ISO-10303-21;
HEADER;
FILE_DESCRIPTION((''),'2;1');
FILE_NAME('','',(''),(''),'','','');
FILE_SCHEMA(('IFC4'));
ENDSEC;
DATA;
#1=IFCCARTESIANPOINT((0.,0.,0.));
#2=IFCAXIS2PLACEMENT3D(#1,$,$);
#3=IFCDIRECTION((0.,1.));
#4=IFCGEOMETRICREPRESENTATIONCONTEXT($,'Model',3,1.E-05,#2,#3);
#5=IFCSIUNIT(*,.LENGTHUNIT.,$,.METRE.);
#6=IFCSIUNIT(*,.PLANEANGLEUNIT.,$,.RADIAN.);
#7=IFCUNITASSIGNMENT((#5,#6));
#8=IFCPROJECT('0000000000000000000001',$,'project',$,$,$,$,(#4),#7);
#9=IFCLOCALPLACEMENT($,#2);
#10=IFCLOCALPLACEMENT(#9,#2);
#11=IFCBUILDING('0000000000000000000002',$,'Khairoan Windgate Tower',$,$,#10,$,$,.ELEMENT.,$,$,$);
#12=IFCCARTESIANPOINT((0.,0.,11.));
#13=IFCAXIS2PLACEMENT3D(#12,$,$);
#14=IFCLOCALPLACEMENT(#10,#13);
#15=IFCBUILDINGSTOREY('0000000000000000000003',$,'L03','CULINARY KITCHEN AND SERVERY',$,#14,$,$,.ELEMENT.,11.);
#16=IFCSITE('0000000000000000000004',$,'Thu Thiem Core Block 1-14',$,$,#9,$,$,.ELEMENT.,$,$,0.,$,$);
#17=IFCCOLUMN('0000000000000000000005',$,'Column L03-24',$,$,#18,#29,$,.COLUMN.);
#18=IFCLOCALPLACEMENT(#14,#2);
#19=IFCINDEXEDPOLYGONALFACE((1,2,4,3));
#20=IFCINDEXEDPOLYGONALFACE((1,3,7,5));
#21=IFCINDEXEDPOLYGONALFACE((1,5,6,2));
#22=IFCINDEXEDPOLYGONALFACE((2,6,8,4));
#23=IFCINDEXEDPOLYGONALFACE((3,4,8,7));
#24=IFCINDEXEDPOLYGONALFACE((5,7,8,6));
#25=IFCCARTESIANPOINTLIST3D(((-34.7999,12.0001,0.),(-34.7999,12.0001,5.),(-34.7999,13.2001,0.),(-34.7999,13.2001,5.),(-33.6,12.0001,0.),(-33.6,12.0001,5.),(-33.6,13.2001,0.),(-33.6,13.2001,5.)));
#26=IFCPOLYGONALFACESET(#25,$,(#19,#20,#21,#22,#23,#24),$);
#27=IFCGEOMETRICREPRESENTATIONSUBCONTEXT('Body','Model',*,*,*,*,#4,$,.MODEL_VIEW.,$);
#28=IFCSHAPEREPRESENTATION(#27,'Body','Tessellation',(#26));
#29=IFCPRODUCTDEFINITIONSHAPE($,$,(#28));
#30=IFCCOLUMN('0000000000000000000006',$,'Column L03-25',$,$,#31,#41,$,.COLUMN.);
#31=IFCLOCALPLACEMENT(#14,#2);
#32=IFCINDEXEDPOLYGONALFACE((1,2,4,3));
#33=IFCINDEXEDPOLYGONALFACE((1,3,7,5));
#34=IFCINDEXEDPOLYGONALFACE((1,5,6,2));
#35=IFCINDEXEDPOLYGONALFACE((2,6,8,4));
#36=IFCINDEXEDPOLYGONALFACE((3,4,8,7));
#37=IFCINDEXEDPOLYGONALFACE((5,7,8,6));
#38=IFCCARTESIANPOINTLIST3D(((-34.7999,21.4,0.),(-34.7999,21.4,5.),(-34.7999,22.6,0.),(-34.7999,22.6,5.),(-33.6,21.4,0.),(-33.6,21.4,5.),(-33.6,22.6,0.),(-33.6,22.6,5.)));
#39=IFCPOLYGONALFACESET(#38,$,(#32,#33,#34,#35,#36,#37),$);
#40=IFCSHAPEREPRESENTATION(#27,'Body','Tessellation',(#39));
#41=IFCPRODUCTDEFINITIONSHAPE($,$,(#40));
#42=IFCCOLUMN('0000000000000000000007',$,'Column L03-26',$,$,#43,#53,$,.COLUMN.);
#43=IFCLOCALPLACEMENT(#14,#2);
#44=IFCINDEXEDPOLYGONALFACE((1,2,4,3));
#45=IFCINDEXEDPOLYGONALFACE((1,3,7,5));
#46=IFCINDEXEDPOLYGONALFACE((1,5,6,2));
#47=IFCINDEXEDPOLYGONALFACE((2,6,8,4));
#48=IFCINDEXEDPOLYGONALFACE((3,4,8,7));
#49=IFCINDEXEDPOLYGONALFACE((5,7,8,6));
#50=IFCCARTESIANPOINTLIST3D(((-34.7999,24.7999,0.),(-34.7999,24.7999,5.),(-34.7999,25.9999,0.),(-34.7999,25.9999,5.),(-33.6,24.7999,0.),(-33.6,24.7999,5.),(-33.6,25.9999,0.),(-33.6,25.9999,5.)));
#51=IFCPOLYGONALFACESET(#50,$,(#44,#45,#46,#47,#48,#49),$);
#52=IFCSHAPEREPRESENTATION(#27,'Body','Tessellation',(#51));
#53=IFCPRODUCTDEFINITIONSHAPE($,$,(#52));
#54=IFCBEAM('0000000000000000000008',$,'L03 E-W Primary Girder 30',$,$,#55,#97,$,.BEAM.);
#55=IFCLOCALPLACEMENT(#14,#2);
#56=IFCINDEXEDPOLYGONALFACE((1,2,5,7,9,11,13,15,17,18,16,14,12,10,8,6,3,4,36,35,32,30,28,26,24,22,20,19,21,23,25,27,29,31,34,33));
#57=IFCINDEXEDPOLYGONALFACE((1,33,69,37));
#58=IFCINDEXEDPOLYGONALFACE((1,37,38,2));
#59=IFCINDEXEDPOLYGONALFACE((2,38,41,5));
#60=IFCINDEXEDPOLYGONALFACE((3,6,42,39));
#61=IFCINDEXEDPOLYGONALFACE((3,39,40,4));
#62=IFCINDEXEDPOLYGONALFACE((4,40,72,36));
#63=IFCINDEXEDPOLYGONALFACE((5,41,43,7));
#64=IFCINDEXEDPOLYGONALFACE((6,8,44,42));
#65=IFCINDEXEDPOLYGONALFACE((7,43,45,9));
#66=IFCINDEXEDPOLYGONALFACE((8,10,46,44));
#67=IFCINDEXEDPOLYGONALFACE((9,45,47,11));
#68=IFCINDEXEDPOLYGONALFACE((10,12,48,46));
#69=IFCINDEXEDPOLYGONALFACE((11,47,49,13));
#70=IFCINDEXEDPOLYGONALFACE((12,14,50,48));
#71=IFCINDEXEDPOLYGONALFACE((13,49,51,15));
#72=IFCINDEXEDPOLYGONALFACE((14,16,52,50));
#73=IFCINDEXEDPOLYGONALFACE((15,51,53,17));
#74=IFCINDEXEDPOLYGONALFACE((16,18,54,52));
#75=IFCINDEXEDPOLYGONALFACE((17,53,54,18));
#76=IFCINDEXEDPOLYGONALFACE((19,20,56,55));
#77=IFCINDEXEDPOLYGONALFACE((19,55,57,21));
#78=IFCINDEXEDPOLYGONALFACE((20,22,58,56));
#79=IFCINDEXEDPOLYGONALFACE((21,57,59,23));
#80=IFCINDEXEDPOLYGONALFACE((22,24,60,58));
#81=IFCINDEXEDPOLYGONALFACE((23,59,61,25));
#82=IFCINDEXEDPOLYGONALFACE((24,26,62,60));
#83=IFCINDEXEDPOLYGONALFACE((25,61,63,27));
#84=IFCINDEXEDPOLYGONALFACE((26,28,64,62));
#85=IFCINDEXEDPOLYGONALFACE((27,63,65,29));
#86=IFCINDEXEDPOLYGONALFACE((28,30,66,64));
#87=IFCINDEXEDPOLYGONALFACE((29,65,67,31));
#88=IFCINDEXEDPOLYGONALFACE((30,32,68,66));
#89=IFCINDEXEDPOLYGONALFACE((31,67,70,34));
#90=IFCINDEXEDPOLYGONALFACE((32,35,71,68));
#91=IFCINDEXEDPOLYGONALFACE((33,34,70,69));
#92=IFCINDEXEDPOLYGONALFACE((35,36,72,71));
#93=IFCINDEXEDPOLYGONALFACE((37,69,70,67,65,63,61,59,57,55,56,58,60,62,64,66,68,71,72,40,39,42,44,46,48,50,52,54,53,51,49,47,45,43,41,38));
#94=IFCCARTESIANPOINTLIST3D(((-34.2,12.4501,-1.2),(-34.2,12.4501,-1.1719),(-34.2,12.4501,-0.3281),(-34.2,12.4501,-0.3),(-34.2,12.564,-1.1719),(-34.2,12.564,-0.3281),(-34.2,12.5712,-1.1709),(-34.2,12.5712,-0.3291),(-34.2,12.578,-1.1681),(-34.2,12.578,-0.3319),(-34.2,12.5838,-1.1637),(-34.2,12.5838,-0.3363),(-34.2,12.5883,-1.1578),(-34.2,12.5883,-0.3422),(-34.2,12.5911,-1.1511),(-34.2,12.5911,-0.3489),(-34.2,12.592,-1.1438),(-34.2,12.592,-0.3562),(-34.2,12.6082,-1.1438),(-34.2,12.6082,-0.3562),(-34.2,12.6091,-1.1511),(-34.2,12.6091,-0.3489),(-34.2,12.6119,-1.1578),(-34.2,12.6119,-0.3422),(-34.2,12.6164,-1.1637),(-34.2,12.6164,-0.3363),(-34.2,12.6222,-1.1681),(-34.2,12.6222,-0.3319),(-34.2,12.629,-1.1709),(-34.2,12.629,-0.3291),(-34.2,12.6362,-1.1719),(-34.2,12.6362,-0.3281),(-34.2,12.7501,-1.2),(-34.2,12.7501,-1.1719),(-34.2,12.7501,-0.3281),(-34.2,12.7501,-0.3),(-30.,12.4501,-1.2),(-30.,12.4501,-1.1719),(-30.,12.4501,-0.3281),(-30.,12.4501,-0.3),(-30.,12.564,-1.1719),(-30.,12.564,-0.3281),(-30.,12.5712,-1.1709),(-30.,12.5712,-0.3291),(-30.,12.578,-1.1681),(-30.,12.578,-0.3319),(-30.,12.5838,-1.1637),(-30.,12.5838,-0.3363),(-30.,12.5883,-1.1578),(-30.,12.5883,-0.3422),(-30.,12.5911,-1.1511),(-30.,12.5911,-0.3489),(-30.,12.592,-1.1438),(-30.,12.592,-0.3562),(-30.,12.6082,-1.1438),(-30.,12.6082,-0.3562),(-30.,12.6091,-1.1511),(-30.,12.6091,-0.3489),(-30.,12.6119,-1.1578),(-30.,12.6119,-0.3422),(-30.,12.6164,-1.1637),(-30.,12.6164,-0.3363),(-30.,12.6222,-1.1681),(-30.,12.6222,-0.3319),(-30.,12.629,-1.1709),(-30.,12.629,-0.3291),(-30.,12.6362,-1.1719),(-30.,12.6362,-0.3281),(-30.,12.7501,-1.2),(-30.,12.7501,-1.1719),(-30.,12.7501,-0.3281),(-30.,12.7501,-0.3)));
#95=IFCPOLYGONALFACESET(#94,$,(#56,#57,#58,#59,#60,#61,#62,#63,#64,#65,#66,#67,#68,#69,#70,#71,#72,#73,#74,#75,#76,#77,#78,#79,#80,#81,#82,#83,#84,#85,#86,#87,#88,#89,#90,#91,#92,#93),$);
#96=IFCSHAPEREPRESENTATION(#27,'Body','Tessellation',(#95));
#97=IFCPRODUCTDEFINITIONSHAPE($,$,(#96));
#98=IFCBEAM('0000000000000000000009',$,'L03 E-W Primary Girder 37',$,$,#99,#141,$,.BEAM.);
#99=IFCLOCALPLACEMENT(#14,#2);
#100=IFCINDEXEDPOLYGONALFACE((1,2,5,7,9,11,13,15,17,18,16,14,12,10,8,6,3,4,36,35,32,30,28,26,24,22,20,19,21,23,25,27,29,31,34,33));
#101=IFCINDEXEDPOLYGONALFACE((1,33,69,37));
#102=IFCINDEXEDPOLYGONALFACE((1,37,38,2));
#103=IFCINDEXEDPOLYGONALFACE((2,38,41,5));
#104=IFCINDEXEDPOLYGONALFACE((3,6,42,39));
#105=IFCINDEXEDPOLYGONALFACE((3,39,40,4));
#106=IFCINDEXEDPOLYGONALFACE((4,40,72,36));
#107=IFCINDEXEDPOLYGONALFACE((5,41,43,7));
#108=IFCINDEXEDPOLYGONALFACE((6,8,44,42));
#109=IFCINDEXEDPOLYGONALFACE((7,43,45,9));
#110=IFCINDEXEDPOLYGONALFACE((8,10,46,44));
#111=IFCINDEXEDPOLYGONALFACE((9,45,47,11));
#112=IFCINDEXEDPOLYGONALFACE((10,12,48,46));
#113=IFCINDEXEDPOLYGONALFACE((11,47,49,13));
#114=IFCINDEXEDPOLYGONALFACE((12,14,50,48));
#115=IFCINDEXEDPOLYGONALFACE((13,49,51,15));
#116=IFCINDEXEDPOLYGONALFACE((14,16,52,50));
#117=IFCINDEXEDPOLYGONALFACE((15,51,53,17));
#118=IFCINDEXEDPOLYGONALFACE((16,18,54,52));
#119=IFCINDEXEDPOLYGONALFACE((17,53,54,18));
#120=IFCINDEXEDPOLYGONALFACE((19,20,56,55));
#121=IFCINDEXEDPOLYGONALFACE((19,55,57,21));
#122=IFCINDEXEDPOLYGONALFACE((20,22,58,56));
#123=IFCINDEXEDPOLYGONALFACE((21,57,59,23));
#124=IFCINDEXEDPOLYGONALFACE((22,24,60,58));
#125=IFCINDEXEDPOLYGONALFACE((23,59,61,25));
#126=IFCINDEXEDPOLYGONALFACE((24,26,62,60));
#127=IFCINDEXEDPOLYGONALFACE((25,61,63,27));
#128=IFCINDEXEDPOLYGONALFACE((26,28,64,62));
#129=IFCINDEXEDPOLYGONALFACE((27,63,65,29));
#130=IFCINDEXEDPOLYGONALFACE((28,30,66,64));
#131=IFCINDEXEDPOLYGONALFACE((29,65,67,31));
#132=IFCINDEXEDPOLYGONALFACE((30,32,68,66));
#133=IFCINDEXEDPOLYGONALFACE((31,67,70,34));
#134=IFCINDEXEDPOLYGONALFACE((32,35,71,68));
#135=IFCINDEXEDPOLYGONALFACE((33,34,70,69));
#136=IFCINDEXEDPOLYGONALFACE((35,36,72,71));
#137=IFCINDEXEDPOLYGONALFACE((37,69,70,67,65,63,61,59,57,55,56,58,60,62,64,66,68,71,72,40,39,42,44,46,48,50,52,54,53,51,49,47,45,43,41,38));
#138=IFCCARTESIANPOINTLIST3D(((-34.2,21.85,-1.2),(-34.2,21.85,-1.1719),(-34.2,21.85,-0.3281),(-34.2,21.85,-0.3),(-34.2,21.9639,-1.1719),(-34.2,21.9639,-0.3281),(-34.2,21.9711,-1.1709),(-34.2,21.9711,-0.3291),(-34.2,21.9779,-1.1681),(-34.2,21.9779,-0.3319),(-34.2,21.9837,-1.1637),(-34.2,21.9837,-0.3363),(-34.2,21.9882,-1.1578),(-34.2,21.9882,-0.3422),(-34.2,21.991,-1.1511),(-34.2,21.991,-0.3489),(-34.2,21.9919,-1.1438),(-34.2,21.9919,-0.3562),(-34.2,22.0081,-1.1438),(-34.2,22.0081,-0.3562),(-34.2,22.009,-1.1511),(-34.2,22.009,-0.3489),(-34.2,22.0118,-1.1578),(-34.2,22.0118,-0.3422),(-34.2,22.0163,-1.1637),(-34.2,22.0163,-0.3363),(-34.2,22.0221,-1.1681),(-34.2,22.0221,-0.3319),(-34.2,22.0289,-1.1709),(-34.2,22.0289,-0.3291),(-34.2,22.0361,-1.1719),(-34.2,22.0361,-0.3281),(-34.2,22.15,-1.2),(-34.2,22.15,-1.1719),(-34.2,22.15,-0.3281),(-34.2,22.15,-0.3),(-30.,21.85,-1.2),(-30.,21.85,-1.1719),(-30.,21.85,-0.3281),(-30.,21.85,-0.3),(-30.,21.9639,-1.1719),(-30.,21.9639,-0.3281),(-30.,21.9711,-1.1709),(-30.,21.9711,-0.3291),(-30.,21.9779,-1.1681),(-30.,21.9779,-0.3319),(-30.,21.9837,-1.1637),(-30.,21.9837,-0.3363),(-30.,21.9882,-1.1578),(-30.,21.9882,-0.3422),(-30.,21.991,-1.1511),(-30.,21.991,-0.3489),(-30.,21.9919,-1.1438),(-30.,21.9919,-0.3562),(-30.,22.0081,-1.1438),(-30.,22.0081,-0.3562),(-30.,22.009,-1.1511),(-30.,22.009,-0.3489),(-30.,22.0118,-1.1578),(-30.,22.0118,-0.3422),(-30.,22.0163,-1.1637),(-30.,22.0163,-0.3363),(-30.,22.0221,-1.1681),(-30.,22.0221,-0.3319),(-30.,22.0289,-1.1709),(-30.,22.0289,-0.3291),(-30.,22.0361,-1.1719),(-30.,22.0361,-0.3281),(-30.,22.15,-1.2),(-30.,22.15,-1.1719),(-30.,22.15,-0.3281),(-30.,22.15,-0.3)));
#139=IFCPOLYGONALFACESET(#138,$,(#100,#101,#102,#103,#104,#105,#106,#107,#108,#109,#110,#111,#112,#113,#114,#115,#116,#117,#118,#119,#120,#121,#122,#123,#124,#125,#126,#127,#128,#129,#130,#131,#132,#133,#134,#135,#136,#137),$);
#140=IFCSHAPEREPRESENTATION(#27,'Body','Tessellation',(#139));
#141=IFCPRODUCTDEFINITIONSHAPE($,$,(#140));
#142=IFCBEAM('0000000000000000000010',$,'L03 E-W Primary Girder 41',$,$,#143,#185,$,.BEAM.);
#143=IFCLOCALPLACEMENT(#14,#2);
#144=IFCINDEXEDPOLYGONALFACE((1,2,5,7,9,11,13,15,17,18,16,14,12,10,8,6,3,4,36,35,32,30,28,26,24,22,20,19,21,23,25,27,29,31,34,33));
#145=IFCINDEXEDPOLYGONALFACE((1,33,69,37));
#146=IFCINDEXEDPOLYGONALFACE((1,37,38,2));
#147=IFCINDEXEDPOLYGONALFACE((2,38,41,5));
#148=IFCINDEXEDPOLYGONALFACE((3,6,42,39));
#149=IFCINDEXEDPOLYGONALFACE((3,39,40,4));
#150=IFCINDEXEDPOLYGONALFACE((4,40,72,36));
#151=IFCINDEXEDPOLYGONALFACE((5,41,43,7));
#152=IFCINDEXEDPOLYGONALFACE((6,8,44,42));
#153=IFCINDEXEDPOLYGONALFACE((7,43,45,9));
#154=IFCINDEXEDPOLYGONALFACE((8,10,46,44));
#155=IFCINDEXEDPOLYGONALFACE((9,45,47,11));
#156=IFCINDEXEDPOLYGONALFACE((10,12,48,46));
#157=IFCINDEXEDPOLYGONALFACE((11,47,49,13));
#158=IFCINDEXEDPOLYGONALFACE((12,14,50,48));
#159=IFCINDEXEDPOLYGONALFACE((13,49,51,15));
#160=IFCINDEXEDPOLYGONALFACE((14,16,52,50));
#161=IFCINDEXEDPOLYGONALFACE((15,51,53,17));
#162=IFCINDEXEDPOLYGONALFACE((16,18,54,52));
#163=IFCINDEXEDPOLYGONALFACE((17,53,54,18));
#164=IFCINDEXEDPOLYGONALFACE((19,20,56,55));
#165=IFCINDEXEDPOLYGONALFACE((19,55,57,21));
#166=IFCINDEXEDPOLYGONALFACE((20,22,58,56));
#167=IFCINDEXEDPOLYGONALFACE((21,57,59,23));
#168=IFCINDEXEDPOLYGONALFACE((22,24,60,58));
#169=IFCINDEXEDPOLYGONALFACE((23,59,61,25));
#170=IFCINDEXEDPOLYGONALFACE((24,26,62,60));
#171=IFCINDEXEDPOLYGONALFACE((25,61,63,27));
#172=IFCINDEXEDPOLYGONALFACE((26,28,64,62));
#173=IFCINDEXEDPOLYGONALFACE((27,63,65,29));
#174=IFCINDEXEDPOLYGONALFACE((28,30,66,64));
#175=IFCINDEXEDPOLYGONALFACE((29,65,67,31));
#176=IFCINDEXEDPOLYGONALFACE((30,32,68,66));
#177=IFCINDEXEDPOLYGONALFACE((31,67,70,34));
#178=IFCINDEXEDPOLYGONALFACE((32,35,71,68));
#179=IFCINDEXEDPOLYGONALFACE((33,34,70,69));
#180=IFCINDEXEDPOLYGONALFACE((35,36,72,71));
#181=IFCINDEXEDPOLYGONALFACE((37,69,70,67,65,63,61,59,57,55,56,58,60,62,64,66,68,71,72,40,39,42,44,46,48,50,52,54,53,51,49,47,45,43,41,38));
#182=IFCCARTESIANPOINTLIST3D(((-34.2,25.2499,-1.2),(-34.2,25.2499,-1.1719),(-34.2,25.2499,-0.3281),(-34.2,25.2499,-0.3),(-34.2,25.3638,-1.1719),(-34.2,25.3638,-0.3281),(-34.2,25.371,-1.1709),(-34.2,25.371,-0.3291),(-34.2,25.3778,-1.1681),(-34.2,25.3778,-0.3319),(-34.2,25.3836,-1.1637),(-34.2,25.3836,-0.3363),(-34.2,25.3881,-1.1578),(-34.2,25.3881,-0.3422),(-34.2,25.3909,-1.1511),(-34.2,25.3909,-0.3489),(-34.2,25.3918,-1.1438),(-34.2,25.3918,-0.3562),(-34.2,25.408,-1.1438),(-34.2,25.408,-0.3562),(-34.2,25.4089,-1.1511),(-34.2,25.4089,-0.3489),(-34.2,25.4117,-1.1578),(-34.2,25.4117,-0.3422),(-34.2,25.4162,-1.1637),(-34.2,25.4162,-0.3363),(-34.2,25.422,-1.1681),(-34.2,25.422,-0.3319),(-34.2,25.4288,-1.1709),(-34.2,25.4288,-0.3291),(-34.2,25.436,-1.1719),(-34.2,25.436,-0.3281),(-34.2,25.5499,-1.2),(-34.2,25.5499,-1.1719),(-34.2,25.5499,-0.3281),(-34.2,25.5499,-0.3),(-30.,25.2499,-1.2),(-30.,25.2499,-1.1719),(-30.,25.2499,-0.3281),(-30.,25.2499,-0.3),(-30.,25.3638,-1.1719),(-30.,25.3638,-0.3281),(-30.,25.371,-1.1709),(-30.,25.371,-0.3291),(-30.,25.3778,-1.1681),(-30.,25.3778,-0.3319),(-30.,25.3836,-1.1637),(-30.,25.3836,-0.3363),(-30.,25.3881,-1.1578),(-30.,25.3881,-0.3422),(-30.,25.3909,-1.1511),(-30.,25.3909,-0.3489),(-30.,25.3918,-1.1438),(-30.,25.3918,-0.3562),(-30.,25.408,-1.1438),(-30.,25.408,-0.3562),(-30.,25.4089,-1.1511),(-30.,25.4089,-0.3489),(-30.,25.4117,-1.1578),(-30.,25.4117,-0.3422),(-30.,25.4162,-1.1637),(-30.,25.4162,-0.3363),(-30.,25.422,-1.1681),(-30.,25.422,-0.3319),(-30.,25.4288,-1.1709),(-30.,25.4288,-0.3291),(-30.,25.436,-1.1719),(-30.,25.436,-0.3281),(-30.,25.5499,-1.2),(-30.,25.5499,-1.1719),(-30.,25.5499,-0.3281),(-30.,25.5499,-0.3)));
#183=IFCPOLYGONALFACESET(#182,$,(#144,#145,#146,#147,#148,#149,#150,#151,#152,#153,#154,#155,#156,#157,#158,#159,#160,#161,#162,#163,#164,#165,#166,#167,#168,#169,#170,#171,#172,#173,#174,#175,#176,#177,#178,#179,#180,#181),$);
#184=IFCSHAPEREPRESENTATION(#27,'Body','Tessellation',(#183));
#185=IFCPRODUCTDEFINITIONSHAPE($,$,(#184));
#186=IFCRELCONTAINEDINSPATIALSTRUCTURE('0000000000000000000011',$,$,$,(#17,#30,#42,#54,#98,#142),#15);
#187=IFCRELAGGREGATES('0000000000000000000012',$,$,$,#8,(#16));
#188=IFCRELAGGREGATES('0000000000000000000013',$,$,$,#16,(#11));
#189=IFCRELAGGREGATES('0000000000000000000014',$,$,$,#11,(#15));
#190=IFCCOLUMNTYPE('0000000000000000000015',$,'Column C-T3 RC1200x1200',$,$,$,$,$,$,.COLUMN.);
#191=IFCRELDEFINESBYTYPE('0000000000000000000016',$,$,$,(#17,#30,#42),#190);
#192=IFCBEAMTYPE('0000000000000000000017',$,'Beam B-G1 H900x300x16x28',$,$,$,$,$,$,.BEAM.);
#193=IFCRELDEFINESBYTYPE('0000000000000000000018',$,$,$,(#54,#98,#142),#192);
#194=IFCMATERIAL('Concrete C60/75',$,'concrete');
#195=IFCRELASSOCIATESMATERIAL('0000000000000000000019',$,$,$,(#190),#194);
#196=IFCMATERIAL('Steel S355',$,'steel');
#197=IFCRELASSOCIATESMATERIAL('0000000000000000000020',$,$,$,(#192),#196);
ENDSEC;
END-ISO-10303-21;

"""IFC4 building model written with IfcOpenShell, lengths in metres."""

from ifc_helpers import new_model, si_unit, direction, frame, origin, origin_2d, place, context, subcontext, project, spatial, rectangle, i_section, extrude, material, material_profile, profile_set, type_object, element, save


model = new_model("IFC4")

# Units and contexts
model_context = context("Model", 3, precision=1e-05, world=origin(), true_north=direction((0.0, 1.0)))
body_context = subcontext(model_context, "Body", "Model", "MODEL_VIEW")
ifc_project = project(units=[si_unit("LENGTHUNIT", "METRE"), si_unit("PLANEANGLEUNIT", "RADIAN")], contexts=[model_context])

# Site, building, storey
site_placement = place(None, origin())
site = spatial("IfcSite", under=ifc_project, at=site_placement, Name="Thu Thiem Core Block 1-14", CompositionType="ELEMENT", RefElevation=0.0)
building_placement = place(site_placement, origin())
building = spatial("IfcBuilding", under=site, at=building_placement, Name="Khairoan Windgate Tower", CompositionType="ELEMENT")
storey_placement = place(building_placement, frame((0.0, 0.0, 11.0)))
storey = spatial("IfcBuildingStorey", under=building, at=storey_placement, Name="L03", Description="CULINARY KITCHEN AND SERVERY", CompositionType="ELEMENT", Elevation=11.0)

# Columns
ifc_material_1 = material(Name="Concrete C60/75", Category="concrete")
ifc_material_profile_1 = material_profile(ifc_material_1, rectangle(XDim=1.2, YDim=1.2, at=origin_2d()))
ifc_profile_set_1 = profile_set([ifc_material_profile_1], Name="Concrete C60/75")
column_type = type_object("IfcColumnType", Name="Column C-T3 RC1200x1200", PredefinedType="COLUMN", material=ifc_profile_set_1)
for number, where, z_axis, x_axis, name in (
    (1, (-34.2, 12.6001, 0.0), (0.0, 0.0, 1.0), (1.0, 0.0, 0.0), "Column L03-24"),
    (2, (-34.2, 22.0, 0.0), (0.0, 0.0, 1.0), (1.0, 0.0, 0.0), "Column L03-25"),
    (3, (-34.2, 25.3999, 0.0), (0.0, 0.0, 1.0), (1.0, 0.0, 0.0), "Column L03-26"),
):
    element("IfcColumn", number, at=place(storey_placement, frame(where, z_axis=z_axis, x_axis=x_axis)), inside=storey, type_object=column_type, Name=name, PredefinedType="COLUMN", context=body_context, shape_type="SweptSolid", body=[
        extrude(rectangle(XDim=1.2, YDim=1.2, at=origin_2d()), origin(), (0.0, 0.0, 1.0), 5.0),
    ])

# Beams
ifc_material_2 = material(Name="Steel S355", Category="steel")
ifc_material_profile_2 = material_profile(ifc_material_2, i_section(OverallWidth=0.3, OverallDepth=0.8999, WebThickness=0.0161, FlangeThickness=0.0281, FilletRadius=0.0281, at=origin_2d()))
ifc_profile_set_2 = profile_set([ifc_material_profile_2], Name="Steel S355")
beam_type_1 = type_object("IfcBeamType", Name="Beam B-G1 H900x300x16x28", PredefinedType="BEAM", material=ifc_profile_set_2)
for number, where, z_axis, x_axis, name in (
    (4, (-34.2, 12.6001, -0.75), (1.0, 0.0, 0.0), (0.0, 1.0, 0.0), "L03 E-W Primary Girder 30"),
    (5, (-34.2, 22.0, -0.75), (1.0, 0.0, 0.0), (0.0, 1.0, 0.0), "L03 E-W Primary Girder 37"),
    (6, (-34.2, 25.3999, -0.75), (1.0, 0.0, 0.0), (0.0, 1.0, 0.0), "L03 E-W Primary Girder 41"),
):
    element("IfcBeam", number, at=place(storey_placement, frame(where, z_axis=z_axis, x_axis=x_axis)), inside=storey, type_object=beam_type_1, Name=name, PredefinedType="BEAM", context=body_context, shape_type="SweptSolid", body=[
        extrude(i_section(OverallWidth=0.3, OverallDepth=0.8999, WebThickness=0.0161, FlangeThickness=0.0281, FilletRadius=0.0281, at=origin_2d()), origin(), (0.0, 0.0, 1.0), 4.2),
    ])

save(model, "model.ifc")
